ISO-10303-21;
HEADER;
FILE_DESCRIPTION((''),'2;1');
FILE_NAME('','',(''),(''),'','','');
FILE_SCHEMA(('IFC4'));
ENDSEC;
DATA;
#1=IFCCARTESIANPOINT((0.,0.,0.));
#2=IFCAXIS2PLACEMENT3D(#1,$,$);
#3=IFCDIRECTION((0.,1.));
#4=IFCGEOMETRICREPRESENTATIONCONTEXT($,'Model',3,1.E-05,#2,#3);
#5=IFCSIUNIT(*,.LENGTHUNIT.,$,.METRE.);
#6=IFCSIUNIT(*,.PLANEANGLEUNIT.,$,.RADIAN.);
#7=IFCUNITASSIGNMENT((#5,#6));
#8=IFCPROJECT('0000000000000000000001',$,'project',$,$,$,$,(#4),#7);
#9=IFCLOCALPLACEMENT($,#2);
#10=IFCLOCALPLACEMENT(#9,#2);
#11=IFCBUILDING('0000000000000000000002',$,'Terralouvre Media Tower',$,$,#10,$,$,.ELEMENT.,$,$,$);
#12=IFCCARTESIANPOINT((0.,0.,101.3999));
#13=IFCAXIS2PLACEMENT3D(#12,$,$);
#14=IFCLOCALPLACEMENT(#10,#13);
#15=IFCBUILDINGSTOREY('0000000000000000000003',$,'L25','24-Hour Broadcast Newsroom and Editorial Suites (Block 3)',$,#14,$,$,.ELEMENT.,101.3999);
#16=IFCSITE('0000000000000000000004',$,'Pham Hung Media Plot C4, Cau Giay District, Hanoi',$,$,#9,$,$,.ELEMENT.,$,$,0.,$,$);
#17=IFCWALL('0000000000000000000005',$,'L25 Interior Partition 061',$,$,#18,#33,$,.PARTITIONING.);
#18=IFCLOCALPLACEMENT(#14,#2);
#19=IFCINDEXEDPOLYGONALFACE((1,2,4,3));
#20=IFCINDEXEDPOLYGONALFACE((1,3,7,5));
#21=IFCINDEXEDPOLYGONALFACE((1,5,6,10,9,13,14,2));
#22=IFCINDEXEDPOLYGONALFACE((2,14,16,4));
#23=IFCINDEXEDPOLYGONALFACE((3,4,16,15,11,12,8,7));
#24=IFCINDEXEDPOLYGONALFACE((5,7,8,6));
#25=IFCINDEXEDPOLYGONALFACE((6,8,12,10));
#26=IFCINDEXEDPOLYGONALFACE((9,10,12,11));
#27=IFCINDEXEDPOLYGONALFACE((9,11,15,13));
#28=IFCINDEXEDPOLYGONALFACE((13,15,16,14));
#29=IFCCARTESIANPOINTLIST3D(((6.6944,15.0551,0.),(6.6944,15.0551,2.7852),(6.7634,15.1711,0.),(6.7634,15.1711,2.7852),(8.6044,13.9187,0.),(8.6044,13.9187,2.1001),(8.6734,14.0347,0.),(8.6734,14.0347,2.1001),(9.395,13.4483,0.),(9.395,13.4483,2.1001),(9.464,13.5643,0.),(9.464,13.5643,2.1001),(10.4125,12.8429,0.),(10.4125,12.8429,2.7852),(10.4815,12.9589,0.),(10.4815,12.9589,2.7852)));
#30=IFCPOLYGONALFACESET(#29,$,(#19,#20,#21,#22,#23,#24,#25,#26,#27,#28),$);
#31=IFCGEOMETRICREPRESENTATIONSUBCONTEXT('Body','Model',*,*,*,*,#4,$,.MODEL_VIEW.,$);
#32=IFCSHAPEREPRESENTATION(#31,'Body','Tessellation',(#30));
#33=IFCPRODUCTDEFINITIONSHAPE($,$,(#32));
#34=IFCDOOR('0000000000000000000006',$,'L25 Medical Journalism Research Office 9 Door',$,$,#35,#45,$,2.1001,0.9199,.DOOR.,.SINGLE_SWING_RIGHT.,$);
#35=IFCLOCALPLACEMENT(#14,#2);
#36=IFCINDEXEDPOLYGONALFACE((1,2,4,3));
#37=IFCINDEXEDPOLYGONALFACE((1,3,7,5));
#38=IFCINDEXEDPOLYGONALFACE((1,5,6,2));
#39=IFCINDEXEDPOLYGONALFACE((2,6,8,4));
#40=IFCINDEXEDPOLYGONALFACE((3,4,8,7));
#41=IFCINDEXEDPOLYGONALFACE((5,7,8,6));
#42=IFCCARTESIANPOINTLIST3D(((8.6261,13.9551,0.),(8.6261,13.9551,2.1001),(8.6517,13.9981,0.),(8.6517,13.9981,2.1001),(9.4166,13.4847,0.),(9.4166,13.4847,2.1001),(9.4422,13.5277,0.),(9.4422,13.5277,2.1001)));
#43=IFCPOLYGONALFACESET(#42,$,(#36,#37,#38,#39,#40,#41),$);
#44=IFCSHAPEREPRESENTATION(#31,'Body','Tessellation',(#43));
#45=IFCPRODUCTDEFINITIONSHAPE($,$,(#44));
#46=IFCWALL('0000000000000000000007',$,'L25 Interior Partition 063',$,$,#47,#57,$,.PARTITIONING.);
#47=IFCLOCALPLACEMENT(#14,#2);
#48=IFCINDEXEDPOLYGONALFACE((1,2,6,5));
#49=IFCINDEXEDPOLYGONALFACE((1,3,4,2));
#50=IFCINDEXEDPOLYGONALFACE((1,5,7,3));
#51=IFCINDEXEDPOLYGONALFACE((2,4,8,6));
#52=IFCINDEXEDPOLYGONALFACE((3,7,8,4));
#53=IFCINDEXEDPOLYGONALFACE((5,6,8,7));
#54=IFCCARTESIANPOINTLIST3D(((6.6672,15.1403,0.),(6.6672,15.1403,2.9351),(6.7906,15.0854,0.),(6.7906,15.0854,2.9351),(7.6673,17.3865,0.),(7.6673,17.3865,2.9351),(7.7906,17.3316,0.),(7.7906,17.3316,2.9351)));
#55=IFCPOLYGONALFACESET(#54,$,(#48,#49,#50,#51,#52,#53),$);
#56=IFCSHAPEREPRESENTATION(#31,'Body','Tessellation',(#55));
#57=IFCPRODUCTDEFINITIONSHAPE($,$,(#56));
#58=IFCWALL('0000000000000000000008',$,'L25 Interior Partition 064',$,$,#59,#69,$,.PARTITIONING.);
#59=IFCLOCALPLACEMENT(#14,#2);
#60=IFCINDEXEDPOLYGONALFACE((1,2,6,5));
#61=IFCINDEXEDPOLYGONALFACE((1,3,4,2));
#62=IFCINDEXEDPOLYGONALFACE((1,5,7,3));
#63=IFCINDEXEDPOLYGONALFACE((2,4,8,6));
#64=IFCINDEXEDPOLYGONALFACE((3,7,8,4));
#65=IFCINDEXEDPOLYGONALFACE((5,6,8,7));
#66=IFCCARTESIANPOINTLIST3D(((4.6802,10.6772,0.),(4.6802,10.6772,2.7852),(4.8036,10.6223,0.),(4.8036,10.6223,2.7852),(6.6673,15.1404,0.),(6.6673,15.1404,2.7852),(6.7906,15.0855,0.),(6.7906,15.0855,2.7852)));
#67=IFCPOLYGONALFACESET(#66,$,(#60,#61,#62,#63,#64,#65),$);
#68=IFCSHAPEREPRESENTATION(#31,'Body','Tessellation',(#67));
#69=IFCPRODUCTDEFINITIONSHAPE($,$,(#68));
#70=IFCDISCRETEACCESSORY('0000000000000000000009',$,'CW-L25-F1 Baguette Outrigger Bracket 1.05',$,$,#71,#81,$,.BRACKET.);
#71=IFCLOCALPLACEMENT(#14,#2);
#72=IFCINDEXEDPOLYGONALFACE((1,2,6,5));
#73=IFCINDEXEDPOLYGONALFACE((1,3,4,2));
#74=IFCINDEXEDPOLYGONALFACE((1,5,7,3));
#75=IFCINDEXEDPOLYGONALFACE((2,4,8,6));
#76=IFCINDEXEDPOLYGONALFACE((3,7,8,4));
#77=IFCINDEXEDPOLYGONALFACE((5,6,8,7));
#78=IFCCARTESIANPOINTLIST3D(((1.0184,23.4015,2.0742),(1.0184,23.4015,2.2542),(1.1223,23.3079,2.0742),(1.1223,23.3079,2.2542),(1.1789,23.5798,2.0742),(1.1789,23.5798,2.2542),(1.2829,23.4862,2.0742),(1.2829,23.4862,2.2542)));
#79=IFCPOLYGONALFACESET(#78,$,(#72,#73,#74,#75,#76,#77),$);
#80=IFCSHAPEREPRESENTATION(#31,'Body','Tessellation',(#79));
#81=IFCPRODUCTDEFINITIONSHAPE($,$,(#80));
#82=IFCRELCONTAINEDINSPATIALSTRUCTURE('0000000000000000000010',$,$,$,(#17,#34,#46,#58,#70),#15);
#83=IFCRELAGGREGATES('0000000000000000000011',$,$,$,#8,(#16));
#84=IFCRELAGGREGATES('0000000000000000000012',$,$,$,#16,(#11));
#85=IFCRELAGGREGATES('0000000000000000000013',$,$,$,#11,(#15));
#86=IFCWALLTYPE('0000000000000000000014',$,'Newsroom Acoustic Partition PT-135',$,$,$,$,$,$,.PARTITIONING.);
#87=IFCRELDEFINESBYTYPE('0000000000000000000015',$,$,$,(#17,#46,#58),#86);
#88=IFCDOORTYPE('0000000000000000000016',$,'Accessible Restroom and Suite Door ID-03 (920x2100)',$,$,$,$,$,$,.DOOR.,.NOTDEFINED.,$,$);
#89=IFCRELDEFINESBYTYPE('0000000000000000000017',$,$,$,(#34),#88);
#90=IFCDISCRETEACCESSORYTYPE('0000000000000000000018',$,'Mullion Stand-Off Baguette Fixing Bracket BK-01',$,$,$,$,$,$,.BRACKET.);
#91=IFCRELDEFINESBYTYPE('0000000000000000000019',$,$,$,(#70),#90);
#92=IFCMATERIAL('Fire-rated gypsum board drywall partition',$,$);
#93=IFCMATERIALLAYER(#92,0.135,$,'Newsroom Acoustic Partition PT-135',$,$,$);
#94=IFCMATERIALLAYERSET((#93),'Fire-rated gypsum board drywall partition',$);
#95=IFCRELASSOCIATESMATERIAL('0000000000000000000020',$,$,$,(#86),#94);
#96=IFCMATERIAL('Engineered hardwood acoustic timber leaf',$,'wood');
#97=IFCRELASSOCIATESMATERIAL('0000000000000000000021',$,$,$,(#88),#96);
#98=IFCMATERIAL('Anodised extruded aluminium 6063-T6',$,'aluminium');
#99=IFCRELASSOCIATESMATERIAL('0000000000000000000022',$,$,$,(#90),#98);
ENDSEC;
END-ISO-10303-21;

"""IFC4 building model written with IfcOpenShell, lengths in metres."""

from ifc_helpers import new_model, si_unit, direction, frame, frame_2d, origin, origin_2d, place, context, subcontext, project, spatial, rectangle, extrude, material, layer, layer_set, type_object, element, fill, save


model = new_model("IFC4")

# Units and contexts
model_context = context("Model", 3, precision=1e-05, world=origin(), true_north=direction((0.0, 1.0)))
body_context = subcontext(model_context, "Body", "Model", "MODEL_VIEW")
ifc_project = project(units=[si_unit("LENGTHUNIT", "METRE"), si_unit("PLANEANGLEUNIT", "RADIAN")], contexts=[model_context])

# Site, building, storey
site_placement = place(None, origin())
site = spatial("IfcSite", under=ifc_project, at=site_placement, Name="Pham Hung Media Plot C4, Cau Giay District, Hanoi", CompositionType="ELEMENT", RefElevation=0.0)
building_placement = place(site_placement, origin())
building = spatial("IfcBuilding", under=site, at=building_placement, Name="Terralouvre Media Tower", CompositionType="ELEMENT")
storey_placement = place(building_placement, frame((0.0, 0.0, 101.3999)))
storey = spatial("IfcBuildingStorey", under=building, at=storey_placement, Name="L25", Description="24-Hour Broadcast Newsroom and Editorial Suites (Block 3)", CompositionType="ELEMENT", Elevation=101.3999)

# Wall, opening, door
ifc_material_1 = material(Name="Fire-rated gypsum board drywall partition")
ifc_layer_1 = layer(ifc_material_1, 0.135, Name="Newsroom Acoustic Partition PT-135")
ifc_layer_set_1 = layer_set([ifc_layer_1], Name="Fire-rated gypsum board drywall partition")
wall_type = type_object("IfcWallType", Name="Newsroom Acoustic Partition PT-135", PredefinedType="PARTITIONING", material=ifc_layer_set_1)
wall_1_placement = place(storey_placement, frame((6.729, 15.113, 0.0), z_axis=(0.0, 0.0, 1.0), x_axis=(0.859389, -0.511322, 0.0)))
wall_1 = element("IfcWall", 1, at=wall_1_placement, inside=storey, type_object=wall_type, Name="L25 Interior Partition 061", PredefinedType="PARTITIONING", context=body_context, shape_type="SweptSolid", body=[
    extrude(rectangle(XDim=4.3264, YDim=0.135, at=frame_2d((2.1631, 0.0))), origin(), (0.0, 0.0, 1.0), 2.7852),
])
opening_1_placement = place(wall_1_placement, frame((2.2224, 0.0, 0.0)))
opening_1 = element("IfcOpeningElement", 2, at=opening_1_placement, cuts=wall_1, PredefinedType="OPENING", context=body_context, shape_type="SweptSolid", body=[
    extrude(rectangle(XDim=0.9199, YDim=2.1001, at=frame_2d((0.46, 1.05))), frame((0.0, 0.0774, 0.0), z_axis=(0.0, -1.0, 0.0), x_axis=(1.0, 0.0, 0.0)), (0.0, 0.0, 1.0), 0.155),
])
ifc_material_2 = material(Name="Engineered hardwood acoustic timber leaf", Category="wood")
door_type_1 = type_object("IfcDoorType", Name="Accessible Restroom and Suite Door ID-03 (920x2100)", OperationType="NOTDEFINED", PredefinedType="DOOR", material=ifc_material_2)
door_1_placement = place(opening_1_placement, origin())
door_1 = element("IfcDoor", 3, at=door_1_placement, inside=storey, type_object=door_type_1, Name="L25 Medical Journalism Research Office 9 Door", OperationType="SINGLE_SWING_RIGHT", OverallHeight=2.1001, OverallWidth=0.9199, PredefinedType="DOOR", context=body_context, shape_type="SweptSolid", body=[
    extrude(rectangle(XDim=0.9199, YDim=2.1001, at=frame_2d((0.46, 1.05))), frame((0.0, 0.0249, 0.0), z_axis=(0.0, -1.0, 0.0), x_axis=(1.0, 0.0, 0.0)), (0.0, 0.0, 1.0), 0.05),
])
fill(opening_1, door_1)

# Walls
wall_2_placement = place(storey_placement, frame((7.729, 17.3591, 0.0), z_axis=(0.0, 0.0, 1.0), x_axis=(-0.406728, -0.913549, 0.0)))
element("IfcWall", 4, at=wall_2_placement, inside=storey, type_object=wall_type, Name="L25 Interior Partition 063", PredefinedType="PARTITIONING", context=body_context, shape_type="SweptSolid", body=[
    extrude(rectangle(XDim=2.4587, YDim=0.135, at=frame_2d((1.2295, 0.0))), origin(), (0.0, 0.0, 1.0), 2.9351),
])
wall_3_placement = place(storey_placement, frame((6.729, 15.113, 0.0), z_axis=(0.0, 0.0, 1.0), x_axis=(-0.406727, -0.91355, 0.0)))
element("IfcWall", 5, at=wall_3_placement, inside=storey, type_object=wall_type, Name="L25 Interior Partition 064", PredefinedType="PARTITIONING", context=body_context, shape_type="SweptSolid", body=[
    extrude(rectangle(XDim=4.8855, YDim=0.135, at=frame_2d((2.4429, 0.0))), origin(), (0.0, 0.0, 1.0), 2.7852),
])

# Discrete accessory
ifc_material_3 = material(Name="Anodised extruded aluminium 6063-T6", Category="aluminium")
discrete_accessory_type = type_object("IfcDiscreteAccessoryType", Name="Mullion Stand-Off Baguette Fixing Bracket BK-01", PredefinedType="BRACKET", material=ifc_material_3)
discrete_accessory_placement = place(storey_placement, frame((1.1506, 23.4438, 2.0742), z_axis=(0.0, 0.0, 1.0), x_axis=(-0.743145, 0.669131, 0.0)))
element("IfcDiscreteAccessory", 6, at=discrete_accessory_placement, inside=storey, type_object=discrete_accessory_type, Name="CW-L25-F1 Baguette Outrigger Bracket 1.05", PredefinedType="BRACKET", context=body_context, shape_type="SweptSolid", body=[
    extrude(rectangle(XDim=0.1399, YDim=0.24, at=origin_2d()), origin(), (0.0, 0.0, 1.0), 0.1799),
])

save(model, "model.ifc")
